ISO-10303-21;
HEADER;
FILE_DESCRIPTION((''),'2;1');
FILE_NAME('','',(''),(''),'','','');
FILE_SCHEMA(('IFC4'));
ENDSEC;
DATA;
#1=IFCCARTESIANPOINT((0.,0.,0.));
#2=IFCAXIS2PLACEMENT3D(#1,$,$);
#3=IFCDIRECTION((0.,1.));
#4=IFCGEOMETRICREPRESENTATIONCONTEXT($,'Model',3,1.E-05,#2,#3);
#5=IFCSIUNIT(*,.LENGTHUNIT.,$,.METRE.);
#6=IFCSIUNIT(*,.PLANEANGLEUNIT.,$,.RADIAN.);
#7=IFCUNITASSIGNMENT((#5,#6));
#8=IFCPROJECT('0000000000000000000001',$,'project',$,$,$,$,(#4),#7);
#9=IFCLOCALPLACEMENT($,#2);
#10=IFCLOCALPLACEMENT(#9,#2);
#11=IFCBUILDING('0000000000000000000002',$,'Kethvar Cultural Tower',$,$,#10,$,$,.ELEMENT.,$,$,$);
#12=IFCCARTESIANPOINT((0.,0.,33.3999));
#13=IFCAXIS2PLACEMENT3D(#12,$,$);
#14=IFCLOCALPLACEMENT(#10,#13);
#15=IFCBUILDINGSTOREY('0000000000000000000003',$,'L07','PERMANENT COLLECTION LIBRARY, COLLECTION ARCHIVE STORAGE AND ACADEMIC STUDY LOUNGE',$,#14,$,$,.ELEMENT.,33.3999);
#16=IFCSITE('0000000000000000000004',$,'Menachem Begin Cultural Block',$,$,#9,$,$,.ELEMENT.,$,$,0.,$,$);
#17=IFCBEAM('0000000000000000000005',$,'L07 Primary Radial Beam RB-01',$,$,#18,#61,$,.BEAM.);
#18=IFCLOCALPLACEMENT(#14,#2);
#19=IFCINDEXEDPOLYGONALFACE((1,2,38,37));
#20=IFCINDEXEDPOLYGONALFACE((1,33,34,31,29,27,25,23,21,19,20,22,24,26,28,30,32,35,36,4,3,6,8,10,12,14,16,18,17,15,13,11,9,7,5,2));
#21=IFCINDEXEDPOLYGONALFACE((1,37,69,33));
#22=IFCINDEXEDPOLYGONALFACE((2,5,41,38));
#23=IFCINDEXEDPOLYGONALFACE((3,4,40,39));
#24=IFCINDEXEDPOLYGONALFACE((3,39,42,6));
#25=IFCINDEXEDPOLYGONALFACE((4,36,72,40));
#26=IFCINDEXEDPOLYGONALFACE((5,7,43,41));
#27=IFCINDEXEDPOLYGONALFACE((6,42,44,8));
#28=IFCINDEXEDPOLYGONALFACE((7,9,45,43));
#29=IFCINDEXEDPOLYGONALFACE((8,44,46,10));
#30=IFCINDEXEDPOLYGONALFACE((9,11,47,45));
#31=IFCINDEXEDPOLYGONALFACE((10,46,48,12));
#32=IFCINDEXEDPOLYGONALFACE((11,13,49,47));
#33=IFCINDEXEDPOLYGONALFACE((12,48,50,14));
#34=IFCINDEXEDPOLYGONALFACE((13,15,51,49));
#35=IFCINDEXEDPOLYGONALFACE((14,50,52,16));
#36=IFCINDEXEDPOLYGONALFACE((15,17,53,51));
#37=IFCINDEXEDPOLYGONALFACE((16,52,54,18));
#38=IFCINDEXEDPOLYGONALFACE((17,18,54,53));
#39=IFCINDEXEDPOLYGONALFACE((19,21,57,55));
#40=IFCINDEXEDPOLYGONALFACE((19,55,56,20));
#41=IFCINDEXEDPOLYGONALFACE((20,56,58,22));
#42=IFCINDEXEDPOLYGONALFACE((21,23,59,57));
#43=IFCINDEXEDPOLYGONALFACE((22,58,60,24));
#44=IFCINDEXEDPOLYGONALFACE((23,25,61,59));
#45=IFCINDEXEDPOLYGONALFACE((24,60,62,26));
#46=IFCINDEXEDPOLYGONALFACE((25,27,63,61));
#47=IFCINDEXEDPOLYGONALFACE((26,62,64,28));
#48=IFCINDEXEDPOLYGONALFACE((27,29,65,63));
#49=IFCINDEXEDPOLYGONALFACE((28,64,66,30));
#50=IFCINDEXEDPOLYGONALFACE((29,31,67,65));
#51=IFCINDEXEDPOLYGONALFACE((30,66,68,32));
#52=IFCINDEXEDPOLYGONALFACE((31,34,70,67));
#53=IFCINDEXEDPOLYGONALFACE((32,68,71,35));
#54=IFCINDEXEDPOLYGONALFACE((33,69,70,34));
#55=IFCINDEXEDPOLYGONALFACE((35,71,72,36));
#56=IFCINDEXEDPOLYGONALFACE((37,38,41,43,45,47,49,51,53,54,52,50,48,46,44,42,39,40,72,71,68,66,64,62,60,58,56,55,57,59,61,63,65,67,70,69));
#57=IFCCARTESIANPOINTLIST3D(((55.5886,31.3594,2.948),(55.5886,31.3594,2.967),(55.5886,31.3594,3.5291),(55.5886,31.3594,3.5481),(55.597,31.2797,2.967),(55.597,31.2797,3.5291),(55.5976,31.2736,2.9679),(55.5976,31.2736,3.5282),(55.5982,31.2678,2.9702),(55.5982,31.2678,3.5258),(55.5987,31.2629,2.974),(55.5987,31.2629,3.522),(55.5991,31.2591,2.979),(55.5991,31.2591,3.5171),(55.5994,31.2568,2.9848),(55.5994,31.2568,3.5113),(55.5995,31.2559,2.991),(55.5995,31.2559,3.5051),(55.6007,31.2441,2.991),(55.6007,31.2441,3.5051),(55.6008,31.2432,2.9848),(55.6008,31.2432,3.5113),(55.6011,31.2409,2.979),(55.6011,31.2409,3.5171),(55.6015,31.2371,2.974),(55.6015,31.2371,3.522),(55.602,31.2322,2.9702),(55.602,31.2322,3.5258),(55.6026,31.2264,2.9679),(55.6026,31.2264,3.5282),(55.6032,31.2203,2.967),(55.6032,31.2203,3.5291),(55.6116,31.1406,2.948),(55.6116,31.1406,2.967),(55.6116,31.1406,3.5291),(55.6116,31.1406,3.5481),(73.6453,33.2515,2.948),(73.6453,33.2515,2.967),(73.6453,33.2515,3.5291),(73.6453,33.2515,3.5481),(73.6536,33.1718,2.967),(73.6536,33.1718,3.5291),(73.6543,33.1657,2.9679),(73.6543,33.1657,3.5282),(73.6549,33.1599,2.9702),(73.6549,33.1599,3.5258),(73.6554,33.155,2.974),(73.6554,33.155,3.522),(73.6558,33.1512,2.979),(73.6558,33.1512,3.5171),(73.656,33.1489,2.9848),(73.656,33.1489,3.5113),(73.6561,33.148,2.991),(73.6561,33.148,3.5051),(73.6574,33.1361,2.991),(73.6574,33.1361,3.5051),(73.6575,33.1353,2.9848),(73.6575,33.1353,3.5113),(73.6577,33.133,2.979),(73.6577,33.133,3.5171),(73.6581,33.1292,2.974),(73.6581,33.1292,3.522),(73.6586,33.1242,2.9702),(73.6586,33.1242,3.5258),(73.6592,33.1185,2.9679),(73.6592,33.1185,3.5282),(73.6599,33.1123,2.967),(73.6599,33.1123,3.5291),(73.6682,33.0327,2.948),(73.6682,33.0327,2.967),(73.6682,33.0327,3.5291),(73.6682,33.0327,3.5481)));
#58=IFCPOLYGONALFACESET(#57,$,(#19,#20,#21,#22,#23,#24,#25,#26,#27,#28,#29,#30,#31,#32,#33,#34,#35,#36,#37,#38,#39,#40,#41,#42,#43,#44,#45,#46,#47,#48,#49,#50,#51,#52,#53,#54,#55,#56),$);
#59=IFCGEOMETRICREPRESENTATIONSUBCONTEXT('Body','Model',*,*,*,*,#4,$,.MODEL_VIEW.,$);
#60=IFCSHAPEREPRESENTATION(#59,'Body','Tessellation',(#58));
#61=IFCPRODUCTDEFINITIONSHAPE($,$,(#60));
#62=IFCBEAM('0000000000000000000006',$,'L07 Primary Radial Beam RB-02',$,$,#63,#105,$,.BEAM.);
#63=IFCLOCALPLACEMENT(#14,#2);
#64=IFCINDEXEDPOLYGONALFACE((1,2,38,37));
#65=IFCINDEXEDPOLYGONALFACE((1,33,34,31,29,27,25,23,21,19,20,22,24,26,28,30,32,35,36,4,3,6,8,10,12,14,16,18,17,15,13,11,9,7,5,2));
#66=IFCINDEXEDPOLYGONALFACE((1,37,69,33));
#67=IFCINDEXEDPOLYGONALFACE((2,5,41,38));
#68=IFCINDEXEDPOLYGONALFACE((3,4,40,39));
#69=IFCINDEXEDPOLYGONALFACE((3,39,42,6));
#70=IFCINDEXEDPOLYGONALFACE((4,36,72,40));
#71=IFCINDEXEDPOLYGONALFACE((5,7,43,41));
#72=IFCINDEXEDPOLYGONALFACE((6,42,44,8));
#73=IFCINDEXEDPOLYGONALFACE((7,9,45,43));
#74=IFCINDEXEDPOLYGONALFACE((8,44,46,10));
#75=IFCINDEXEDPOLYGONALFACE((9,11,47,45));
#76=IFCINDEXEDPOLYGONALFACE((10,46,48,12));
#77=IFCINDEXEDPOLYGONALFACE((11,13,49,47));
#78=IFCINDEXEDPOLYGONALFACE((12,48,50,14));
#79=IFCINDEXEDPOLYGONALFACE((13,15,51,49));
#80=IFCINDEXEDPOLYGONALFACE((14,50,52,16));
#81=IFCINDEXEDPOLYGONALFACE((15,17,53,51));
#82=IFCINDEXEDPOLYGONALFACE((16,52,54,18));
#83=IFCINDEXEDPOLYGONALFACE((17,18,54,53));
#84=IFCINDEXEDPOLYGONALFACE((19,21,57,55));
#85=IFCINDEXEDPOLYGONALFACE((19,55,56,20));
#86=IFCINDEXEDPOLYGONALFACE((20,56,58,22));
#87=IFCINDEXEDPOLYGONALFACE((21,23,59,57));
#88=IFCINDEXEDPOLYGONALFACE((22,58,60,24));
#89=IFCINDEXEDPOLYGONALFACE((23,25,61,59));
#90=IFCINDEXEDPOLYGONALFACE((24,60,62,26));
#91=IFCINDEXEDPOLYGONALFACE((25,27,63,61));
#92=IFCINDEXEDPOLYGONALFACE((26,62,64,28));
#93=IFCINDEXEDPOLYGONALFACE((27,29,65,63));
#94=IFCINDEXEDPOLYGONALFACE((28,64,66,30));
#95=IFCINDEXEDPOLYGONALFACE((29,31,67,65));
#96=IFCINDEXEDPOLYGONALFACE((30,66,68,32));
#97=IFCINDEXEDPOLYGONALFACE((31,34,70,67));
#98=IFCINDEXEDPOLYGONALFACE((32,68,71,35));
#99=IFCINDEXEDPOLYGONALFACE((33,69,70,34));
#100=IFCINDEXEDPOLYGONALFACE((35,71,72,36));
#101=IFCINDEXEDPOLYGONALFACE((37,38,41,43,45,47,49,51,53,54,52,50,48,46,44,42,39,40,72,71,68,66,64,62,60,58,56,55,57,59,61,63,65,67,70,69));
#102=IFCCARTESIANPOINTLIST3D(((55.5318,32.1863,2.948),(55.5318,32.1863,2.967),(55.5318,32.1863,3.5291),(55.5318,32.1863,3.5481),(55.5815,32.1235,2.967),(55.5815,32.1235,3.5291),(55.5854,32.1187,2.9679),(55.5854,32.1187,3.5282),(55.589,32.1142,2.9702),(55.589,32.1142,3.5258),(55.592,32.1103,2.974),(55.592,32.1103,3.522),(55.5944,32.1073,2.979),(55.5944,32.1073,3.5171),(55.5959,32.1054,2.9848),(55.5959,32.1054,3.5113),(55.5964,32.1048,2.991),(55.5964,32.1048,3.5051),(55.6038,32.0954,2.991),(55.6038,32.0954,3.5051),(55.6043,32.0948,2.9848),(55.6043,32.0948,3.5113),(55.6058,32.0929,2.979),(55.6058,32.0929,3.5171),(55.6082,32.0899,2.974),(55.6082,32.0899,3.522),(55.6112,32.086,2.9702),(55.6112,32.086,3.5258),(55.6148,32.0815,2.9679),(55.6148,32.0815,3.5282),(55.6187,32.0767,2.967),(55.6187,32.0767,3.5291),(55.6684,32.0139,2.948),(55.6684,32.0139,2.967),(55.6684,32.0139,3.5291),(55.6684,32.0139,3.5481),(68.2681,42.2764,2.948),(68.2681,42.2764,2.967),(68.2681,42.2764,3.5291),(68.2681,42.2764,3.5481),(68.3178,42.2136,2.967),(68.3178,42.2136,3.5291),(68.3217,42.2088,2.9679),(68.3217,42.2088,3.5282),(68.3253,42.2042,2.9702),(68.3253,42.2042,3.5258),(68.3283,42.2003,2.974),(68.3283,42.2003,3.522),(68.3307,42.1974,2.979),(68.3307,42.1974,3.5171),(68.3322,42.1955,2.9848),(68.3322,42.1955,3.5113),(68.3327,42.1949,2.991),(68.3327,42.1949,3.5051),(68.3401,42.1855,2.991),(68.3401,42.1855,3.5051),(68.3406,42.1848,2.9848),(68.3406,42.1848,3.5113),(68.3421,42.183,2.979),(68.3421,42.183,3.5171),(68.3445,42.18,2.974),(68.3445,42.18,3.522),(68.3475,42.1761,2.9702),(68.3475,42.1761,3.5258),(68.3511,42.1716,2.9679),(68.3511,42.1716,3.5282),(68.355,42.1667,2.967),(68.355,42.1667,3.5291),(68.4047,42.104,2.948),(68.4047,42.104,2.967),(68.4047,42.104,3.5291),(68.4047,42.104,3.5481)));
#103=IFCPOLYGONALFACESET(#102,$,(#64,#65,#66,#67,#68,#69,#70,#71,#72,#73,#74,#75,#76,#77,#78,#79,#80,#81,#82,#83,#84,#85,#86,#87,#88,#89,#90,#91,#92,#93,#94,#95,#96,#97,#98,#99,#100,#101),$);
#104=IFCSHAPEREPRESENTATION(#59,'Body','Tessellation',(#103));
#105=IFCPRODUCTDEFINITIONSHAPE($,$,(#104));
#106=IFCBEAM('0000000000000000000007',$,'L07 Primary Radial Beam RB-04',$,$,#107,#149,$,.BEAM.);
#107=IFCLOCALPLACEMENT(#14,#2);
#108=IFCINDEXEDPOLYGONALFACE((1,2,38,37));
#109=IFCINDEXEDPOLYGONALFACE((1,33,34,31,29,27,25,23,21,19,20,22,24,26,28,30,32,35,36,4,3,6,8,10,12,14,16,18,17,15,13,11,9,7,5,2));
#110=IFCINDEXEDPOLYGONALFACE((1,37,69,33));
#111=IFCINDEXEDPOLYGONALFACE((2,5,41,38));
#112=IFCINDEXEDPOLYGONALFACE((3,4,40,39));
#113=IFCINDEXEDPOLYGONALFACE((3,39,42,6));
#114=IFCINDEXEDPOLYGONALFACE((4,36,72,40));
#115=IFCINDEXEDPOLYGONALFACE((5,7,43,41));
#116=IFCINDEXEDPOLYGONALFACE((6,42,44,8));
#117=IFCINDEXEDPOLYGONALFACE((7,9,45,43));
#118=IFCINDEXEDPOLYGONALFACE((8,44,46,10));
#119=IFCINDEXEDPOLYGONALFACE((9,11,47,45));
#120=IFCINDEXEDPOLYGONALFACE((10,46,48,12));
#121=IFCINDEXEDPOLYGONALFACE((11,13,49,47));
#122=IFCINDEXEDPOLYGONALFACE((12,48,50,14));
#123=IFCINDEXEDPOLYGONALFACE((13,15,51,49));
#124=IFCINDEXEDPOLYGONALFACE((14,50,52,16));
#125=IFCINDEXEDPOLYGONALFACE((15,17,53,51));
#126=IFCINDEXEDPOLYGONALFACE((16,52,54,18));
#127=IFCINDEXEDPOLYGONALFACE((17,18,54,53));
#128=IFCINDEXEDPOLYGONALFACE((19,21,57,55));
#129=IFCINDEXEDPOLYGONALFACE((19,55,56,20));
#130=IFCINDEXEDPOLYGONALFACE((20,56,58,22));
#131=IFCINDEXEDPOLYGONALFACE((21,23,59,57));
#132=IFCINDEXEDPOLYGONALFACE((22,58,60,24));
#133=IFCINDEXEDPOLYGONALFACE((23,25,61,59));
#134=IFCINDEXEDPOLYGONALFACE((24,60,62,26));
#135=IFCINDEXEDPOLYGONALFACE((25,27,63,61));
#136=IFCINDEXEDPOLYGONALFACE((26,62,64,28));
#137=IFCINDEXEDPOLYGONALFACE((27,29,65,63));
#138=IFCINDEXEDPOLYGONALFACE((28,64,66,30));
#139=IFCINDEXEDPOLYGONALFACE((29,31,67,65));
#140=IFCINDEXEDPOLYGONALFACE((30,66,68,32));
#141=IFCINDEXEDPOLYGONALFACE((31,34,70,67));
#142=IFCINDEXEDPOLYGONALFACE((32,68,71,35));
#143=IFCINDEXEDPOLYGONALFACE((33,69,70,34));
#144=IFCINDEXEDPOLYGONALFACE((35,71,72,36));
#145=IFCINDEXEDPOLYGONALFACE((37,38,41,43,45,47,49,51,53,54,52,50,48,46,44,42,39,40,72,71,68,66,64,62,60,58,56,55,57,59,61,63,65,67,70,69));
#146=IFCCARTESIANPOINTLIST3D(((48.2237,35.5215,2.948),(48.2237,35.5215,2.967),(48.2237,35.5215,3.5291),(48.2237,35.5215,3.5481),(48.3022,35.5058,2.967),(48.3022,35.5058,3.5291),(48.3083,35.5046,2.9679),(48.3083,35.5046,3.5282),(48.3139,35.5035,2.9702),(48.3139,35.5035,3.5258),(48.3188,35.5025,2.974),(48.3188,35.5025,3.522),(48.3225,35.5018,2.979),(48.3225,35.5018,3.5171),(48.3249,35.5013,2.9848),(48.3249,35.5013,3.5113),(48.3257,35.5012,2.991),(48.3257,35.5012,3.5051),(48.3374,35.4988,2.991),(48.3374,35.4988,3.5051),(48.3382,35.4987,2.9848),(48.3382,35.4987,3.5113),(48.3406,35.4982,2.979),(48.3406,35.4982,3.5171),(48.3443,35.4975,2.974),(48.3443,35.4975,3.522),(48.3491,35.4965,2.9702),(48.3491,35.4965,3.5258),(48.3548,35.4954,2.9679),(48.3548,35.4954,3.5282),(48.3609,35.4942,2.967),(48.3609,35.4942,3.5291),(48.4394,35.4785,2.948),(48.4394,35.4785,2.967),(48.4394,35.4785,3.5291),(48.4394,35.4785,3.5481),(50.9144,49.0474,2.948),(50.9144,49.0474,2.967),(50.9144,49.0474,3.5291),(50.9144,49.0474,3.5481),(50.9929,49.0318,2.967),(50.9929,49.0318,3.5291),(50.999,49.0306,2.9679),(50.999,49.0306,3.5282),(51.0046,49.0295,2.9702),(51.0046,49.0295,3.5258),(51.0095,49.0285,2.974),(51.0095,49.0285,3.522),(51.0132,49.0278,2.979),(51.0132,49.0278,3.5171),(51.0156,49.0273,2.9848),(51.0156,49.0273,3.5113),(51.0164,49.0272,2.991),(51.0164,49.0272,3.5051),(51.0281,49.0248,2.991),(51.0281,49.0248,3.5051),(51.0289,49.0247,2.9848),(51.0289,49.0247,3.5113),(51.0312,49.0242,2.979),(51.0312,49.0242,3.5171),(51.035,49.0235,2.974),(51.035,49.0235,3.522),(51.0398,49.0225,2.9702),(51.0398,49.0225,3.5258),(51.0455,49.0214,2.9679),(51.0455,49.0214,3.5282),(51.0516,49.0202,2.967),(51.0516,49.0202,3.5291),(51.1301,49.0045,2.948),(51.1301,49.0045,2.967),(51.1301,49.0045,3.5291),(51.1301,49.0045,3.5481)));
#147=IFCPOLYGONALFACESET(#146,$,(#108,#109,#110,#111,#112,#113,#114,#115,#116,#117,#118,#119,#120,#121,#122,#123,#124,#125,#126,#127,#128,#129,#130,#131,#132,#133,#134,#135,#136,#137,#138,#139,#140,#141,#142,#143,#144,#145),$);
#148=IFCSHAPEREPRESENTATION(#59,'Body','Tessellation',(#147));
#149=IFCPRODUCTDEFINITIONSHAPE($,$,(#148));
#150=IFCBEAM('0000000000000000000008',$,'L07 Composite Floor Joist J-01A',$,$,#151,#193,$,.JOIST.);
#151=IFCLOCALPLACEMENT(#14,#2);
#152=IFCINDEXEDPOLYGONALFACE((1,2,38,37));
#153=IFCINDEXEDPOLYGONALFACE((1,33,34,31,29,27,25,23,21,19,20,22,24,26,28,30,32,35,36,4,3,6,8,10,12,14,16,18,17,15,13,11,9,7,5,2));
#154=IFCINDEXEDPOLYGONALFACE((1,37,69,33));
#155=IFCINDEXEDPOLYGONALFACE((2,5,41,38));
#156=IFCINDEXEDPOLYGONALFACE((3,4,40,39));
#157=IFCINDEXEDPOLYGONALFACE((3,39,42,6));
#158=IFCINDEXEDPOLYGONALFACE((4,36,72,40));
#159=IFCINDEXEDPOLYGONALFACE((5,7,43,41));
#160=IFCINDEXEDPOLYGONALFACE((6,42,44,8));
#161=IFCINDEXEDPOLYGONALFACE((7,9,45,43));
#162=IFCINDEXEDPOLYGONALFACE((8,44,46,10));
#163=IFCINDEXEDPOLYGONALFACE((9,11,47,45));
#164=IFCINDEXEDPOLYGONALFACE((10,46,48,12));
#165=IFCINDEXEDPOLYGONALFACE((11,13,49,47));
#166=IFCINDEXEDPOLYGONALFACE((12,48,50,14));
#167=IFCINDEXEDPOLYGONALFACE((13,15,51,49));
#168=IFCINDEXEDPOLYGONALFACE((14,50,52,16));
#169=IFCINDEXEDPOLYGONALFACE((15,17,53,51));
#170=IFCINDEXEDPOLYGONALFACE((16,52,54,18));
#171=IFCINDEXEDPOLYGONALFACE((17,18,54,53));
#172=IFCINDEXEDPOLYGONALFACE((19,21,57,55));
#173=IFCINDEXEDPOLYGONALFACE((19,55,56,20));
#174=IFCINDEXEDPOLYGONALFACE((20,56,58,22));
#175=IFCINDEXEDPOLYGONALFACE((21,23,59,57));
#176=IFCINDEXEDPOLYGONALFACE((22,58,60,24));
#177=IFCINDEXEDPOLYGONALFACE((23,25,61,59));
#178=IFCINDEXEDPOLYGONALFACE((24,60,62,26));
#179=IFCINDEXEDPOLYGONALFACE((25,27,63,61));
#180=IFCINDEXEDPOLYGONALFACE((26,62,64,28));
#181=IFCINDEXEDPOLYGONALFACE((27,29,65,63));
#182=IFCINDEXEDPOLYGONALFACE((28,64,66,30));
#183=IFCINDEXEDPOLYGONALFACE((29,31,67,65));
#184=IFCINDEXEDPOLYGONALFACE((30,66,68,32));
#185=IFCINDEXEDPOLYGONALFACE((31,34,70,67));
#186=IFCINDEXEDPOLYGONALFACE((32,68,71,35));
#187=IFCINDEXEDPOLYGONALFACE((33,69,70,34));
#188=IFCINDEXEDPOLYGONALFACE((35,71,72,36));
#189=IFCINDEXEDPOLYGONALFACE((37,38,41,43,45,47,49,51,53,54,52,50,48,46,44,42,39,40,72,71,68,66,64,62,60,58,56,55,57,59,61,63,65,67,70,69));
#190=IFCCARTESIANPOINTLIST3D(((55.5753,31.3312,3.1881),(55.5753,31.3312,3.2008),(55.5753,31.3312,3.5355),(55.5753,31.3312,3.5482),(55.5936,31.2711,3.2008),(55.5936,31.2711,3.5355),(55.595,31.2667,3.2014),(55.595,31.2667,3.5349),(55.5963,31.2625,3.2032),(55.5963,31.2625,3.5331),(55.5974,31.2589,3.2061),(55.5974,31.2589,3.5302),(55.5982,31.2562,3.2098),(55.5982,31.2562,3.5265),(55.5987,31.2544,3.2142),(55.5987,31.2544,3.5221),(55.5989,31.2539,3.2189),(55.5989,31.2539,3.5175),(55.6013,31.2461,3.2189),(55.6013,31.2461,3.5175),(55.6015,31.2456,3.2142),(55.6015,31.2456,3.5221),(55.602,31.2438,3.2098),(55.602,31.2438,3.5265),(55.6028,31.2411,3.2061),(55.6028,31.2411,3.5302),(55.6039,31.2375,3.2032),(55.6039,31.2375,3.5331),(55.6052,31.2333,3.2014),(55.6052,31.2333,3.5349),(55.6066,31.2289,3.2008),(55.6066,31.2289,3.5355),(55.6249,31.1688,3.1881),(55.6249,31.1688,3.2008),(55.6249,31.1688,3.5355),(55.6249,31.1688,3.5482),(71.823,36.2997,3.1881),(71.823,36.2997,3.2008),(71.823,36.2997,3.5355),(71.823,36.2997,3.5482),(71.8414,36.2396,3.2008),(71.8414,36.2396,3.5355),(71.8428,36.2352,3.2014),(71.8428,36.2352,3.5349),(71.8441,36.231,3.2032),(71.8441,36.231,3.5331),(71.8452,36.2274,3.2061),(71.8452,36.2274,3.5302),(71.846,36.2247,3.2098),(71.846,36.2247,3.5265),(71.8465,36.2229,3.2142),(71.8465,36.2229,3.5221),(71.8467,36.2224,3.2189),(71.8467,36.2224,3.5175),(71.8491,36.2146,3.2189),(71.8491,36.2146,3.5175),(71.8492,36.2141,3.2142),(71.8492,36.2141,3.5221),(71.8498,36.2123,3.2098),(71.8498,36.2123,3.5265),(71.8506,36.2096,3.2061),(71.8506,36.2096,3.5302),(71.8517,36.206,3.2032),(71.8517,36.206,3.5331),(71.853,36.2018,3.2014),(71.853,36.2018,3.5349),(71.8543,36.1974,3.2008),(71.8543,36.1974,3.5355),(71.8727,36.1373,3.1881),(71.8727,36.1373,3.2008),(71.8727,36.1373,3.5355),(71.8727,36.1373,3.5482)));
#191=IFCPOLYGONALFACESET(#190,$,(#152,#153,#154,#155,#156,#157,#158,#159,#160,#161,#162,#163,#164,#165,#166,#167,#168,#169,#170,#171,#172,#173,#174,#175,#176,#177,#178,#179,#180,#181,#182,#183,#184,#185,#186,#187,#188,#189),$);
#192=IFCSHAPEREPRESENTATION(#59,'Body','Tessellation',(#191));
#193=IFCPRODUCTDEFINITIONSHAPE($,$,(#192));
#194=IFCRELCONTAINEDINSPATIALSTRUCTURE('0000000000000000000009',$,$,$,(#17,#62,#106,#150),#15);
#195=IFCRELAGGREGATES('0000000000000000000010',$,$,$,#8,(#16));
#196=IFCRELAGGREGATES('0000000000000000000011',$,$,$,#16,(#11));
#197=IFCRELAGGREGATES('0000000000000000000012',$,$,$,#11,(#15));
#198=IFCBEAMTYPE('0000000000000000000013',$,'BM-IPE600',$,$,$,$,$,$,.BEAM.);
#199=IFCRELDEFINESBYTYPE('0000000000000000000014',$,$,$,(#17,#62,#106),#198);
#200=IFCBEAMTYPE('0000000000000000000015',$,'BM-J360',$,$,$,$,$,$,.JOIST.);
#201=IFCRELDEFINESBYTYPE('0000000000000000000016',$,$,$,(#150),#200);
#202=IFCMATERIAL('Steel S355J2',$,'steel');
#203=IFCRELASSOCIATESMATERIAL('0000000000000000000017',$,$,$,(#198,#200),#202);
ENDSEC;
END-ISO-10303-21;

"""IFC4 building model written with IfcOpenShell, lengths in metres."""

from ifc_helpers import new_model, si_unit, direction, frame, origin, origin_2d, place, context, subcontext, project, spatial, i_section, extrude, source, transform, mapped, material, material_profile, profile_set, type_object, element, save


model = new_model("IFC4")

# Units and contexts
model_context = context("Model", 3, precision=1e-05, world=origin(), true_north=direction((0.0, 1.0)))
body_context = subcontext(model_context, "Body", "Model", "MODEL_VIEW")
ifc_project = project(units=[si_unit("LENGTHUNIT", "METRE"), si_unit("PLANEANGLEUNIT", "RADIAN")], contexts=[model_context])

# Site, building, storey
site_placement = place(None, origin())
site = spatial("IfcSite", under=ifc_project, at=site_placement, Name="Menachem Begin Cultural Block", CompositionType="ELEMENT", RefElevation=0.0)
building_placement = place(site_placement, origin())
building = spatial("IfcBuilding", under=site, at=building_placement, Name="Kethvar Cultural Tower", CompositionType="ELEMENT")
storey_placement = place(building_placement, frame((0.0, 0.0, 33.3999)))
storey = spatial("IfcBuildingStorey", under=building, at=storey_placement, Name="L07", Description="PERMANENT COLLECTION LIBRARY, COLLECTION ARCHIVE STORAGE AND ACADEMIC STUDY LOUNGE", CompositionType="ELEMENT", Elevation=33.3999)

# Beams
ifc_material_1 = material(Name="Steel S355J2", Category="steel")
ifc_material_profile_1 = material_profile(ifc_material_1, i_section(OverallWidth=0.22, OverallDepth=0.6001, WebThickness=0.012, FlangeThickness=0.019, FilletRadius=0.0239, at=origin_2d()), Name="Steel S355J2 — IPE600")
ifc_profile_set_1 = profile_set([ifc_material_profile_1], Name="Steel S355J2 — IPE600")
beam_type_1 = type_object("IfcBeamType", Name="BM-IPE600", PredefinedType="BEAM", material=ifc_profile_set_1)
shared_shape_1 = source(origin(), body_context, "Body", "SweptSolid", [
    extrude(i_section(OverallWidth=0.22, OverallDepth=0.6001, WebThickness=0.012, FlangeThickness=0.019, FilletRadius=0.0239, at=origin_2d()), origin(), (0.0, 0.0, 1.0), 18.1555),
])
beam_1_placement = place(storey_placement, frame((55.6001, 31.25, 3.248), z_axis=(0.994555, 0.104216, 0.0), x_axis=(-0.104216, 0.994555, 0.0)))
element("IfcBeam", 1, at=beam_1_placement, inside=storey, type_object=beam_type_1, Name="L07 Primary Radial Beam RB-01", PredefinedType="BEAM", context=body_context, shape_type="MappedRepresentation", body=[
    mapped(shared_shape_1, transform((0.0, 0.0, 0.0), scale=1.0)),
])
shared_shape_2 = source(origin(), body_context, "Body", "SweptSolid", [
    extrude(i_section(OverallWidth=0.22, OverallDepth=0.6001, WebThickness=0.012, FlangeThickness=0.019, FilletRadius=0.0239, at=origin_2d()), origin(), (0.0, 0.0, 1.0), 16.2488),
])
beam_2_placement = place(storey_placement, frame((55.6001, 32.1001, 3.248), z_axis=(0.783831, 0.620974, 0.0), x_axis=(-0.620974, 0.783831, 0.0)))
element("IfcBeam", 2, at=beam_2_placement, inside=storey, type_object=beam_type_1, Name="L07 Primary Radial Beam RB-02", PredefinedType="BEAM", context=body_context, shape_type="MappedRepresentation", body=[
    mapped(shared_shape_2, transform((0.0, 0.0, 0.0), scale=1.0)),
])
shared_shape_3 = source(origin(), body_context, "Body", "SweptSolid", [
    extrude(i_section(OverallWidth=0.22, OverallDepth=0.6001, WebThickness=0.012, FlangeThickness=0.019, FilletRadius=0.0239, at=origin_2d()), origin(), (0.0, 0.0, 1.0), 13.791),
])
beam_3_placement = place(storey_placement, frame((48.3315, 35.5, 3.248), z_axis=(0.195105, 0.980782, 0.0), x_axis=(-0.980782, 0.195105, 0.0)))
element("IfcBeam", 3, at=beam_3_placement, inside=storey, type_object=beam_type_1, Name="L07 Primary Radial Beam RB-04", PredefinedType="BEAM", context=body_context, shape_type="MappedRepresentation", body=[
    mapped(shared_shape_3, transform((0.0, 0.0, 0.0), scale=1.0)),
])
ifc_material_profile_2 = material_profile(ifc_material_1, i_section(OverallWidth=0.1699, OverallDepth=0.3601, WebThickness=0.0081, FlangeThickness=0.0127, FilletRadius=0.0181, at=origin_2d()), Name="Steel S355J2 — IPE360")
ifc_profile_set_2 = profile_set([ifc_material_profile_2], Name="Steel S355J2 — IPE360")
beam_type_2 = type_object("IfcBeamType", Name="BM-J360", PredefinedType="JOIST", material=ifc_profile_set_2)
shared_shape_4 = source(origin(), body_context, "Body", "SweptSolid", [
    extrude(i_section(OverallWidth=0.1699, OverallDepth=0.3601, WebThickness=0.0081, FlangeThickness=0.0127, FilletRadius=0.0181, at=origin_2d()), origin(), (0.0, 0.0, 1.0), 16.9905),
])
beam_4_placement = place(storey_placement, frame((55.6001, 31.25, 3.3682), z_axis=(0.956287, 0.292428, 0.0), x_axis=(-0.292428, 0.956287, 0.0)))
element("IfcBeam", 4, at=beam_4_placement, inside=storey, type_object=beam_type_2, Name="L07 Composite Floor Joist J-01A", PredefinedType="JOIST", context=body_context, shape_type="MappedRepresentation", body=[
    mapped(shared_shape_4, transform((0.0, 0.0, 0.0), scale=1.0)),
])

save(model, "model.ifc")
